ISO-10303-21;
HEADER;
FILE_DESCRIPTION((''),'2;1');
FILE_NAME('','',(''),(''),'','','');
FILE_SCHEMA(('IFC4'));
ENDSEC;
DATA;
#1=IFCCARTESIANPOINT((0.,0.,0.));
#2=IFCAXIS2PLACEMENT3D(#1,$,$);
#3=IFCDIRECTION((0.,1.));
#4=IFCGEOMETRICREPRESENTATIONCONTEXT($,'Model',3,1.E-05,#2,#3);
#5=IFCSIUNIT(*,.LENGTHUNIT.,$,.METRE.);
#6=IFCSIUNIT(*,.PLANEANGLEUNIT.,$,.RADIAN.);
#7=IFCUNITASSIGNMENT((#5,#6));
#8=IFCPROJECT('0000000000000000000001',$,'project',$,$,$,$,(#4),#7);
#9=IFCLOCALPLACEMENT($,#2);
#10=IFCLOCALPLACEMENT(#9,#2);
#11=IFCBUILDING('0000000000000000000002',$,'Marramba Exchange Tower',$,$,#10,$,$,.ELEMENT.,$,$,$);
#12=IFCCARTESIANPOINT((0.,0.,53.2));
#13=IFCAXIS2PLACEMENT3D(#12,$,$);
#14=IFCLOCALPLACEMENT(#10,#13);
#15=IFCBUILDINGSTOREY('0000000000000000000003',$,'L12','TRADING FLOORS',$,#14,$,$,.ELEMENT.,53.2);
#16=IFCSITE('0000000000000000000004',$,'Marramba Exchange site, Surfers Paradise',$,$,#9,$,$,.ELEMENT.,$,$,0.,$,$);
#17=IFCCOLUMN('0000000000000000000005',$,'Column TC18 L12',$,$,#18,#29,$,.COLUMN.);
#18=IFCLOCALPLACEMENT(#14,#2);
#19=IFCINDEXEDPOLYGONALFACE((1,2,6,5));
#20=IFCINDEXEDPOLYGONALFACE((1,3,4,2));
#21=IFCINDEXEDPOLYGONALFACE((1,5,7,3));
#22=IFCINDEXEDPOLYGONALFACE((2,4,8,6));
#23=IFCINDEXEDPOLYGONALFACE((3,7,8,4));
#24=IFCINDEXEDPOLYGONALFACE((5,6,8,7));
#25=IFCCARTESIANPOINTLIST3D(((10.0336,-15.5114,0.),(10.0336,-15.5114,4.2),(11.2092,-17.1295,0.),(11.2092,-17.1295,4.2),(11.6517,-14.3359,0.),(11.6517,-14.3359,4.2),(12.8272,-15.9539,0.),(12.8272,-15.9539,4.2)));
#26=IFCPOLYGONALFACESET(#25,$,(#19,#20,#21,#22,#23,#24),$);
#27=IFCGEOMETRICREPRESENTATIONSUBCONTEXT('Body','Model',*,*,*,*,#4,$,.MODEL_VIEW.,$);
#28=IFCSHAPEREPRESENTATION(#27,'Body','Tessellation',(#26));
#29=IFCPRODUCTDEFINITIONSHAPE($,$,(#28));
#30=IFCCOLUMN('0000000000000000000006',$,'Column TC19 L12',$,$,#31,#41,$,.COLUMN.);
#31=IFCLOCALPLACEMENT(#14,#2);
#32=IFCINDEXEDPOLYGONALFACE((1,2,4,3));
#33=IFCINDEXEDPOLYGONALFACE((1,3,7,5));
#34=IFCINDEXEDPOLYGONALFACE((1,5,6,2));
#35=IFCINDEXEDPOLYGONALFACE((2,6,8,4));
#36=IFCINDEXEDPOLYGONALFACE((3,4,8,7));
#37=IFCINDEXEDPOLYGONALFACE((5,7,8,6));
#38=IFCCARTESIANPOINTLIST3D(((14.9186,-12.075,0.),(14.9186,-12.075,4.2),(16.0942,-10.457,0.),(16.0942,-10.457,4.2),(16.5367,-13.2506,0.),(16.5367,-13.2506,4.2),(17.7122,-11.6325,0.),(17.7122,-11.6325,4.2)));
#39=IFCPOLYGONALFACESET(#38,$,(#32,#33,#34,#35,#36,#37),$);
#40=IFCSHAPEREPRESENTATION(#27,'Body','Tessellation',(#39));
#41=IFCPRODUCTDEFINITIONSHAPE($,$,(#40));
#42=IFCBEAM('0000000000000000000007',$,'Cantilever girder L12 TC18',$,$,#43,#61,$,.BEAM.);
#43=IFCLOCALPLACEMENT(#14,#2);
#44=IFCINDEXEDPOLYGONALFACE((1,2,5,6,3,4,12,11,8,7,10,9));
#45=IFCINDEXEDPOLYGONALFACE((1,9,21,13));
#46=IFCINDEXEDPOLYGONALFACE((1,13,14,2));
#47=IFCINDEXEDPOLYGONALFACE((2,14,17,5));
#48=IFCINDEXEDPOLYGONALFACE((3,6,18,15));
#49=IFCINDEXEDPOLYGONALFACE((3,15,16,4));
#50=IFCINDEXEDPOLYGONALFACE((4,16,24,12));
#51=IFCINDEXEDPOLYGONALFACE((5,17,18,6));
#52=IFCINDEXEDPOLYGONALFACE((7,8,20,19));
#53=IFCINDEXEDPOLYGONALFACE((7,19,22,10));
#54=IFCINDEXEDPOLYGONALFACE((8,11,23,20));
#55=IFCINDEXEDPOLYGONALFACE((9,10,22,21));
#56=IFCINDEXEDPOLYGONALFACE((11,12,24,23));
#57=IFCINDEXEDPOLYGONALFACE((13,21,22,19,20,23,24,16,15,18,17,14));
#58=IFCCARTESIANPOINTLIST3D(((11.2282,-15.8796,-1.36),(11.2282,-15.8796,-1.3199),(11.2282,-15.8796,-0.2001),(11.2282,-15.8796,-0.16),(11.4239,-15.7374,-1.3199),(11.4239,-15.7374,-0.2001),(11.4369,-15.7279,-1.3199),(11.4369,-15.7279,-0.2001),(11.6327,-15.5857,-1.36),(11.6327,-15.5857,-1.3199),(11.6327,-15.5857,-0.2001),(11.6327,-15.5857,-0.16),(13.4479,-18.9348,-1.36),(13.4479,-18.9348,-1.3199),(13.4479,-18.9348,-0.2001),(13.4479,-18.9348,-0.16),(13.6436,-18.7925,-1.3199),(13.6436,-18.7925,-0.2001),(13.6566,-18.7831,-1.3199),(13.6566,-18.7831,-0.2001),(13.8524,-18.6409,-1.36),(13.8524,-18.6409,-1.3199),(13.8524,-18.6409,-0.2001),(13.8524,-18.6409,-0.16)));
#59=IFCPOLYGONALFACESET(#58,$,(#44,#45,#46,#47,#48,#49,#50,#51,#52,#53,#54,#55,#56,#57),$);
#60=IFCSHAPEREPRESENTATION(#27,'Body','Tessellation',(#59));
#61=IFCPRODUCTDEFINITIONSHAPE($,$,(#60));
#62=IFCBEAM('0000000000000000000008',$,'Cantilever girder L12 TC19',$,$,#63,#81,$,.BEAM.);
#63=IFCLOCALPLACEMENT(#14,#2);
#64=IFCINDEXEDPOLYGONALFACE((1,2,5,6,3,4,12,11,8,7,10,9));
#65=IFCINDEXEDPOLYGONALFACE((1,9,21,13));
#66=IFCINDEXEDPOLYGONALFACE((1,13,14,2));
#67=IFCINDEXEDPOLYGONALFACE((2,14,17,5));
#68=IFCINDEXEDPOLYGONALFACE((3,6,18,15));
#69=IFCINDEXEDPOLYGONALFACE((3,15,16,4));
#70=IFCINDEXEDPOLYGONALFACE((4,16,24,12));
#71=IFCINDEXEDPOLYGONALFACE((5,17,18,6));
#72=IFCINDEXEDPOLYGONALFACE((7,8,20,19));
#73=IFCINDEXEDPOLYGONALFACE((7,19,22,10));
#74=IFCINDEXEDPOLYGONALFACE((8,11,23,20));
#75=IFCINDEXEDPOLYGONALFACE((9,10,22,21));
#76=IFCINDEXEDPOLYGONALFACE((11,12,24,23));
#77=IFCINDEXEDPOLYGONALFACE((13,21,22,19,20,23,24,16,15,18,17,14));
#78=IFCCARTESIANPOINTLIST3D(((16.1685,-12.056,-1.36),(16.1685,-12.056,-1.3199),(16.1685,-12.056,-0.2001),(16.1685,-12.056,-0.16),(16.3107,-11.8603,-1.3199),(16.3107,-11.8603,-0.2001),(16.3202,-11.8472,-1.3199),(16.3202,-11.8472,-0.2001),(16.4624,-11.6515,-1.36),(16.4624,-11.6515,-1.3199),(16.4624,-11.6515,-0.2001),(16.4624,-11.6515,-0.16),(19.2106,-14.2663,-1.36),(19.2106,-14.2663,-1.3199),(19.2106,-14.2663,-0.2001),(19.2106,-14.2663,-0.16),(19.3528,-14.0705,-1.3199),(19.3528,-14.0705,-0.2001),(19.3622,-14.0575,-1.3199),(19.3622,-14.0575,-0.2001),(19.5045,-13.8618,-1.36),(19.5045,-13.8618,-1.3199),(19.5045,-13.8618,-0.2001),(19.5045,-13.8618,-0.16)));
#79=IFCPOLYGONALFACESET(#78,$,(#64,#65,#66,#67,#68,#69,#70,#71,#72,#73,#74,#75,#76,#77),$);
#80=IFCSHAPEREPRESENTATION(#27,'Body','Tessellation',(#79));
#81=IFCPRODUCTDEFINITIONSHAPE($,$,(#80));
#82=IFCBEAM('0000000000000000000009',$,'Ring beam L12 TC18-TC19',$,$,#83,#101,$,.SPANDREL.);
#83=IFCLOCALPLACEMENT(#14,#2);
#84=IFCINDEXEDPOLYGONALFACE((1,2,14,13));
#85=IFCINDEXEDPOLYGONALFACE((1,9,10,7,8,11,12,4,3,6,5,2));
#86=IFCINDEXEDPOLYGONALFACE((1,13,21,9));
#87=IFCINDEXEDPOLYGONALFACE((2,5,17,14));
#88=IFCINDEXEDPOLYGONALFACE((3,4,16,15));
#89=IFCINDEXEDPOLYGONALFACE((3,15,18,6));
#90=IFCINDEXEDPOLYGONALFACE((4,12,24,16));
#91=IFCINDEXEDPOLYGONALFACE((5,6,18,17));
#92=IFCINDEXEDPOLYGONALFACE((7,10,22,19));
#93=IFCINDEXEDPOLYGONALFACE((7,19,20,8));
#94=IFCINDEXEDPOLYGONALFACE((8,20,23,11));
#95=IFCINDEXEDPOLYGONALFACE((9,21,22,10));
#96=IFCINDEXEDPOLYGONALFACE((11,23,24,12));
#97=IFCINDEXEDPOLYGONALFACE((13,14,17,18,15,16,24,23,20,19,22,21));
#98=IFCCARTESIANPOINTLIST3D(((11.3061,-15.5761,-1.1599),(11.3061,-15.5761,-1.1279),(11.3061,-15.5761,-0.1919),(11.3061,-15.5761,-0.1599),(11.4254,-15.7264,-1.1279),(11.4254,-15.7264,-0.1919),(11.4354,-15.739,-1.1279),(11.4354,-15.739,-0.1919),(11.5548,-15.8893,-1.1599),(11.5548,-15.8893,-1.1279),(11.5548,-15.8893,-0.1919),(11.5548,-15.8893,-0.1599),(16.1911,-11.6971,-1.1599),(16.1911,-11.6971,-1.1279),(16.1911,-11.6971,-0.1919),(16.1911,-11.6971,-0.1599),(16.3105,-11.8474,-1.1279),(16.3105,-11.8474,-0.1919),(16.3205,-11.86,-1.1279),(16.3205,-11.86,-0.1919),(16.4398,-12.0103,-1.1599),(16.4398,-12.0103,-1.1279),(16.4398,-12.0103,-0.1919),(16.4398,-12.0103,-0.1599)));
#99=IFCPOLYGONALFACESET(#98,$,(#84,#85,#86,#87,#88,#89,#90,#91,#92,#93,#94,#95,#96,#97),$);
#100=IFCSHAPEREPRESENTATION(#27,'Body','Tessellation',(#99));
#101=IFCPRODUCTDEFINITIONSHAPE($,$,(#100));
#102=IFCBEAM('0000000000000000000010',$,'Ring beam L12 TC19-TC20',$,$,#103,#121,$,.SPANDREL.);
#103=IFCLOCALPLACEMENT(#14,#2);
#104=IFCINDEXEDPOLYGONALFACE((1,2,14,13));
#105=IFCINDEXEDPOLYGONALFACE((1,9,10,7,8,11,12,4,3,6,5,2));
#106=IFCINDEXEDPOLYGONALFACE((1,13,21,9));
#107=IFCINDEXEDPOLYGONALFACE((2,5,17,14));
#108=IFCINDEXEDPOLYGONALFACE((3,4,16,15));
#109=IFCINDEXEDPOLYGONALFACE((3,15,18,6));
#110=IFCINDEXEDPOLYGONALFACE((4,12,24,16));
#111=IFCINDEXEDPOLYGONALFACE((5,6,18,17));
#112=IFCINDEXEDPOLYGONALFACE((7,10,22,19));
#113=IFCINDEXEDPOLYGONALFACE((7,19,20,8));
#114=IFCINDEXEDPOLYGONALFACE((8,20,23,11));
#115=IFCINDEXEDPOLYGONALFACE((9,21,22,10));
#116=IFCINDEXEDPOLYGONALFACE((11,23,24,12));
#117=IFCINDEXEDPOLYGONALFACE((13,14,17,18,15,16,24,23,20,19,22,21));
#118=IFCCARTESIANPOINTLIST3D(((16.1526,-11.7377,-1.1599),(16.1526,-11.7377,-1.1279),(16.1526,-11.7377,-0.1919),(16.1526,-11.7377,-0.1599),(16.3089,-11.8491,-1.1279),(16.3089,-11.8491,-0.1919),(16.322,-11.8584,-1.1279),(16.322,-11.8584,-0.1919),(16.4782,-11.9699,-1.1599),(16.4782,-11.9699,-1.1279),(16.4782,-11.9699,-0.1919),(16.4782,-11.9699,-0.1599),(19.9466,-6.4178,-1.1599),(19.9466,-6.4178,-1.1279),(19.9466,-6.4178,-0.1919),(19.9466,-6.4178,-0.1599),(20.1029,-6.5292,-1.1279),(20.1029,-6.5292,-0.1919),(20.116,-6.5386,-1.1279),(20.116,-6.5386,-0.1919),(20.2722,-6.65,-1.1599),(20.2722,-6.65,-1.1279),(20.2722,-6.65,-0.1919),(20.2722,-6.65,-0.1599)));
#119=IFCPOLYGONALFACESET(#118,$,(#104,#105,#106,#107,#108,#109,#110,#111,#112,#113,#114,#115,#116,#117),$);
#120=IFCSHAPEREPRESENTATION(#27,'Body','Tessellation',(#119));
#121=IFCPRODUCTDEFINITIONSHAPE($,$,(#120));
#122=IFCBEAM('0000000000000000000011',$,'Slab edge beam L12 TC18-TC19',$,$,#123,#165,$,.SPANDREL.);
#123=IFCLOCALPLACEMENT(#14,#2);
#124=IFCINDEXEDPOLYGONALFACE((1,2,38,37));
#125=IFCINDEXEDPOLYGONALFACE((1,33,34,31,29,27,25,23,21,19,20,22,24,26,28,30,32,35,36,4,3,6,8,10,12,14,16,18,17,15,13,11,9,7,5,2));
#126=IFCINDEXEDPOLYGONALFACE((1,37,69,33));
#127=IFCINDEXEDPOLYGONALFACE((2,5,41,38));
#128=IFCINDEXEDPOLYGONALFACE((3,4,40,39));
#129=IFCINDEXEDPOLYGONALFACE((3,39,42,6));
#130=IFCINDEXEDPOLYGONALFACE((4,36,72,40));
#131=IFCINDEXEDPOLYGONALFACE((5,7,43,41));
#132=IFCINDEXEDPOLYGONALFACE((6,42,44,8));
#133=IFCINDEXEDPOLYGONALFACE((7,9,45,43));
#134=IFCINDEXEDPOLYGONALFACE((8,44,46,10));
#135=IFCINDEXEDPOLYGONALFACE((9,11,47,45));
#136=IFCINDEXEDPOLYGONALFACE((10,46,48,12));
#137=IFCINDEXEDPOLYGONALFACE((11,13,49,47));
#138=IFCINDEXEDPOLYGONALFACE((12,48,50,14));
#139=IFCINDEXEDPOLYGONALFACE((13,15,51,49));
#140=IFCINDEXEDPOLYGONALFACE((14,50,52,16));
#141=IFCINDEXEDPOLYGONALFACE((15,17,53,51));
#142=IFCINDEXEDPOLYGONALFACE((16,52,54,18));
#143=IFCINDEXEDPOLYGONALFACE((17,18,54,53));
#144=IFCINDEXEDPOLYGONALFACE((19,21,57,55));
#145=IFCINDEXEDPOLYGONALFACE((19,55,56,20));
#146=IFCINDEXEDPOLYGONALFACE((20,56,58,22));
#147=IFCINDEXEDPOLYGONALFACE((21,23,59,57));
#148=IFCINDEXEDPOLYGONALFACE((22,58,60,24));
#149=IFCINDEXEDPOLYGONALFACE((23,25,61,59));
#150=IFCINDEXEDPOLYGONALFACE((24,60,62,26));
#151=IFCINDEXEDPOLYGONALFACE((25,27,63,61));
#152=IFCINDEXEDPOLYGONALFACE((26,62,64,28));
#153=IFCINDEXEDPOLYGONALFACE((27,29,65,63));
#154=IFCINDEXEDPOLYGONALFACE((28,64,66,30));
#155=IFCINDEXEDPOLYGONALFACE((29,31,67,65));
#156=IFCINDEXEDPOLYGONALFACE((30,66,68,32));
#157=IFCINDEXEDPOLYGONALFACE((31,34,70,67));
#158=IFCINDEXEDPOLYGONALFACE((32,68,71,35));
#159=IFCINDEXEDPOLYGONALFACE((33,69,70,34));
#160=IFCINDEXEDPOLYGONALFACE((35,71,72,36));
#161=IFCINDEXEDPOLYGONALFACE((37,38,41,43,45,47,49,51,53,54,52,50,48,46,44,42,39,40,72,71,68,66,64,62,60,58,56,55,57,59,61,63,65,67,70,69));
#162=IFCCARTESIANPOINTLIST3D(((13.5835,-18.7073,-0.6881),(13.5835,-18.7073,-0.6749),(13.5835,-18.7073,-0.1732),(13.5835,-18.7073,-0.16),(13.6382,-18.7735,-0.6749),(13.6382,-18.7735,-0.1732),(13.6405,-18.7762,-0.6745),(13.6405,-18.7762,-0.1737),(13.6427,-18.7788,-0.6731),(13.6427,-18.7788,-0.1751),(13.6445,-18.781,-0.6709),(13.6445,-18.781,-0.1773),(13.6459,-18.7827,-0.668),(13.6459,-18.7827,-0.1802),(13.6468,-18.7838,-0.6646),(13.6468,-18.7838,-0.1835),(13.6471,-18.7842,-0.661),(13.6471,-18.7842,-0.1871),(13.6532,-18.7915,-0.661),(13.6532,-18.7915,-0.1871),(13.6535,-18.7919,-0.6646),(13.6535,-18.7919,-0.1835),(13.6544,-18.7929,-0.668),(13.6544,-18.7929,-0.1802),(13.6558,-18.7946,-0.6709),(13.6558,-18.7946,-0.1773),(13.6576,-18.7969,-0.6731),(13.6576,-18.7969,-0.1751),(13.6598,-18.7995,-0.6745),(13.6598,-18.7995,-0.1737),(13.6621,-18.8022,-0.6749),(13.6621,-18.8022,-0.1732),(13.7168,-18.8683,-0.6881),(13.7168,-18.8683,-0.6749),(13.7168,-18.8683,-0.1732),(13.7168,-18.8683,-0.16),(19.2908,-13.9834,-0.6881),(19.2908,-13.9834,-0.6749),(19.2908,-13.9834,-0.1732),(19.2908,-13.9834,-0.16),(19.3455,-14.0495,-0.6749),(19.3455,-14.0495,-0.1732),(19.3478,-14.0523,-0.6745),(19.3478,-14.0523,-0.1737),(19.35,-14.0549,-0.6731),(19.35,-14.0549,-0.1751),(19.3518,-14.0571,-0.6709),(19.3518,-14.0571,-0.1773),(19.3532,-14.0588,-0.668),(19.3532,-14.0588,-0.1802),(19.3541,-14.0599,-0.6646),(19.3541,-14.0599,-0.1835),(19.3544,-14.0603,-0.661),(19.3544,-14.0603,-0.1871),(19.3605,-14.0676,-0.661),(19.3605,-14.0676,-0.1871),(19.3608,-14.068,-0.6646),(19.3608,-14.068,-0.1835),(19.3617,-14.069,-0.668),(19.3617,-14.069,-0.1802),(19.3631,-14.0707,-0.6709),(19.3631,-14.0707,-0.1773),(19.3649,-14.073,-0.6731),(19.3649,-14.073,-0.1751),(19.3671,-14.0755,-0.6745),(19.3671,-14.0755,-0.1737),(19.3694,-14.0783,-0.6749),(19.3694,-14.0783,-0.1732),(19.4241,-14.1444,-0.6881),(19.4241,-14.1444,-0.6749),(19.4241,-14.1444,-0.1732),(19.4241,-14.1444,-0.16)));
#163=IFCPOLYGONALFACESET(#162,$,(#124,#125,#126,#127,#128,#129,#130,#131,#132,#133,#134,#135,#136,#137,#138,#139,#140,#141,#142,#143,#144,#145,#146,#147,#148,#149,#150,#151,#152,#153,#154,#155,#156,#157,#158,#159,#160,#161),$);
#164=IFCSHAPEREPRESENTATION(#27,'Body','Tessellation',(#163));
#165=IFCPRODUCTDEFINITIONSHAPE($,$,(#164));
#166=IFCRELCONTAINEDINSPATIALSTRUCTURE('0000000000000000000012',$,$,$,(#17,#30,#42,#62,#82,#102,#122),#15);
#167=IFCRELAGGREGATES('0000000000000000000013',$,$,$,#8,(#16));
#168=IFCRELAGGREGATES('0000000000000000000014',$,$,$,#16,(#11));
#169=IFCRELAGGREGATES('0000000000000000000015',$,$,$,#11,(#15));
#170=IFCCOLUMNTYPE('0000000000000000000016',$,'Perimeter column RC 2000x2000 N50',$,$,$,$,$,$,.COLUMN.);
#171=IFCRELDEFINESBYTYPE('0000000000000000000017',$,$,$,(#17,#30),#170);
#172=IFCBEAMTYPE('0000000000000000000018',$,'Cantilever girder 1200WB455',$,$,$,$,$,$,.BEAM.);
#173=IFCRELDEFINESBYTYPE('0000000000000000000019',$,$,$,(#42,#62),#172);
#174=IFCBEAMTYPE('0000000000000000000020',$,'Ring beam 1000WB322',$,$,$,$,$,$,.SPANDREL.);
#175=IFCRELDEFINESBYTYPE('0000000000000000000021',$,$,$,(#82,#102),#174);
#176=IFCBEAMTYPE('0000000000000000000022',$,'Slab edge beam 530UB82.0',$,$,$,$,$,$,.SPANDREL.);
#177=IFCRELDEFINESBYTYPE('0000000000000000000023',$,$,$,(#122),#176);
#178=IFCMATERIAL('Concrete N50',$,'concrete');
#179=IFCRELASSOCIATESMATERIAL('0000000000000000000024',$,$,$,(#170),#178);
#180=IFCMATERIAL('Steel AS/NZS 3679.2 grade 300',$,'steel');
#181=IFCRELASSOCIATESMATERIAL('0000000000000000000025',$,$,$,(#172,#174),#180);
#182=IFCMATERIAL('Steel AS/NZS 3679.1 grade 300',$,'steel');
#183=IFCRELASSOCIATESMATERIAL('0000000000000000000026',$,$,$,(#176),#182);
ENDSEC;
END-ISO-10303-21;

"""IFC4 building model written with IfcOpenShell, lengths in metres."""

from ifc_helpers import new_model, si_unit, direction, frame, origin, origin_2d, place, context, subcontext, project, spatial, rectangle, i_section, extrude, material, material_profile, profile_set, type_object, element, save


model = new_model("IFC4")

# Units and contexts
model_context = context("Model", 3, precision=1e-05, world=origin(), true_north=direction((0.0, 1.0)))
body_context = subcontext(model_context, "Body", "Model", "MODEL_VIEW")
ifc_project = project(units=[si_unit("LENGTHUNIT", "METRE"), si_unit("PLANEANGLEUNIT", "RADIAN")], contexts=[model_context])

# Site, building, storey
site_placement = place(None, origin())
site = spatial("IfcSite", under=ifc_project, at=site_placement, Name="Marramba Exchange site, Surfers Paradise", CompositionType="ELEMENT", RefElevation=0.0)
building_placement = place(site_placement, origin())
building = spatial("IfcBuilding", under=site, at=building_placement, Name="Marramba Exchange Tower", CompositionType="ELEMENT")
storey_placement = place(building_placement, frame((0.0, 0.0, 53.2)))
storey = spatial("IfcBuildingStorey", under=building, at=storey_placement, Name="L12", Description="TRADING FLOORS", CompositionType="ELEMENT", Elevation=53.2)

# Columns
ifc_material_1 = material(Name="Concrete N50", Category="concrete")
ifc_material_profile_1 = material_profile(ifc_material_1, rectangle(XDim=2.0, YDim=2.0, at=origin_2d()), Name="RC 2000x2000")
ifc_profile_set_1 = profile_set([ifc_material_profile_1], Name="Concrete N50")
column_type = type_object("IfcColumnType", Name="Perimeter column RC 2000x2000 N50", PredefinedType="COLUMN", material=ifc_profile_set_1)
for number, where, z_axis, x_axis, name in (
    (1, (11.4304, -15.7327, 0.0), (0.0, 0.0, 1.0), (0.587785, -0.809017, 0.0), "Column TC18 L12"),
    (2, (16.3154, -11.8538, 0.0), (0.0, 0.0, 1.0), (0.809017, -0.587785, 0.0), "Column TC19 L12"),
):
    element("IfcColumn", number, at=place(storey_placement, frame(where, z_axis=z_axis, x_axis=x_axis)), inside=storey, type_object=column_type, Name=name, PredefinedType="COLUMN", context=body_context, shape_type="SweptSolid", body=[
        extrude(rectangle(XDim=2.0, YDim=2.0, at=origin_2d()), origin(), (0.0, 0.0, 1.0), 4.2),
    ])

# Beams
ifc_material_2 = material(Name="Steel AS/NZS 3679.2 grade 300", Category="steel")
ifc_material_profile_2 = material_profile(ifc_material_2, i_section(OverallWidth=0.5, OverallDepth=1.2, WebThickness=0.0161, FlangeThickness=0.04, at=origin_2d()), Name="1200WB455")
ifc_profile_set_2 = profile_set([ifc_material_profile_2], Name="Steel AS/NZS 3679.2 grade 300")
beam_type_1 = type_object("IfcBeamType", Name="Cantilever girder 1200WB455", PredefinedType="BEAM", material=ifc_profile_set_2)
beam_1_placement = place(storey_placement, frame((11.4304, -15.7327, -0.76), z_axis=(0.587787, -0.809016, 0.0), x_axis=(0.809016, 0.587787, 0.0)))
element("IfcBeam", 3, at=beam_1_placement, inside=storey, type_object=beam_type_1, Name="Cantilever girder L12 TC18", PredefinedType="BEAM", context=body_context, shape_type="SweptSolid", body=[
    extrude(i_section(OverallWidth=0.5, OverallDepth=1.2, WebThickness=0.0161, FlangeThickness=0.04, at=origin_2d()), origin(), (0.0, 0.0, 1.0), 3.7764),
])
beam_2_placement = place(storey_placement, frame((16.3154, -11.8538, -0.76), z_axis=(0.809008, -0.587797, 0.0), x_axis=(0.587797, 0.809008, 0.0)))
element("IfcBeam", 4, at=beam_2_placement, inside=storey, type_object=beam_type_1, Name="Cantilever girder L12 TC19", PredefinedType="BEAM", context=body_context, shape_type="SweptSolid", body=[
    extrude(i_section(OverallWidth=0.5, OverallDepth=1.2, WebThickness=0.0161, FlangeThickness=0.04, at=origin_2d()), origin(), (0.0, 0.0, 1.0), 3.7603),
])
ifc_material_profile_3 = material_profile(ifc_material_2, i_section(OverallWidth=0.3999, OverallDepth=1.0, WebThickness=0.0161, FlangeThickness=0.032, at=origin_2d()), Name="1000WB322")
ifc_profile_set_3 = profile_set([ifc_material_profile_3], Name="Steel AS/NZS 3679.2 grade 300")
beam_type_2 = type_object("IfcBeamType", Name="Ring beam 1000WB322", PredefinedType="SPANDREL", material=ifc_profile_set_3)
beam_3_placement = place(storey_placement, frame((11.4304, -15.7327, -0.6599), z_axis=(0.783139, 0.621846, 0.0), x_axis=(-0.621846, 0.783139, 0.0)))
element("IfcBeam", 5, at=beam_3_placement, inside=storey, type_object=beam_type_2, Name="Ring beam L12 TC18-TC19", PredefinedType="SPANDREL", context=body_context, shape_type="SweptSolid", body=[
    extrude(i_section(OverallWidth=0.3999, OverallDepth=1.0, WebThickness=0.0161, FlangeThickness=0.032, at=origin_2d()), origin(), (0.0, 0.0, 1.0), 6.2378),
])
beam_4_placement = place(storey_placement, frame((16.3154, -11.8538, -0.6599), z_axis=(0.580637, 0.814162, 0.0), x_axis=(-0.814162, 0.580637, 0.0)))
element("IfcBeam", 6, at=beam_4_placement, inside=storey, type_object=beam_type_2, Name="Ring beam L12 TC19-TC20", PredefinedType="SPANDREL", context=body_context, shape_type="SweptSolid", body=[
    extrude(i_section(OverallWidth=0.3999, OverallDepth=1.0, WebThickness=0.0161, FlangeThickness=0.032, at=origin_2d()), origin(), (0.0, 0.0, 1.0), 6.5342),
])
ifc_material_3 = material(Name="Steel AS/NZS 3679.1 grade 300", Category="steel")
ifc_material_profile_4 = material_profile(ifc_material_3, i_section(OverallWidth=0.209, OverallDepth=0.5281, WebThickness=0.0095, FlangeThickness=0.0132, FilletRadius=0.0139, at=origin_2d()), Name="530UB82.0")
ifc_profile_set_4 = profile_set([ifc_material_profile_4], Name="Steel AS/NZS 3679.1 grade 300")
beam_type_3 = type_object("IfcBeamType", Name="Slab edge beam 530UB82.0", PredefinedType="SPANDREL", material=ifc_profile_set_4)
beam_5_placement = place(storey_placement, frame((13.6501, -18.7878, -0.4241), z_axis=(0.770354, 0.637617, 0.0), x_axis=(-0.637617, 0.770354, 0.0)))
element("IfcBeam", 7, at=beam_5_placement, inside=storey, type_object=beam_type_3, Name="Slab edge beam L12 TC18-TC19", PredefinedType="SPANDREL", context=body_context, shape_type="SweptSolid", body=[
    extrude(i_section(OverallWidth=0.209, OverallDepth=0.5281, WebThickness=0.0095, FlangeThickness=0.0132, FilletRadius=0.0139, at=origin_2d()), origin(), (0.0, 0.0, 1.0), 7.4087),
])

save(model, "model.ifc")
